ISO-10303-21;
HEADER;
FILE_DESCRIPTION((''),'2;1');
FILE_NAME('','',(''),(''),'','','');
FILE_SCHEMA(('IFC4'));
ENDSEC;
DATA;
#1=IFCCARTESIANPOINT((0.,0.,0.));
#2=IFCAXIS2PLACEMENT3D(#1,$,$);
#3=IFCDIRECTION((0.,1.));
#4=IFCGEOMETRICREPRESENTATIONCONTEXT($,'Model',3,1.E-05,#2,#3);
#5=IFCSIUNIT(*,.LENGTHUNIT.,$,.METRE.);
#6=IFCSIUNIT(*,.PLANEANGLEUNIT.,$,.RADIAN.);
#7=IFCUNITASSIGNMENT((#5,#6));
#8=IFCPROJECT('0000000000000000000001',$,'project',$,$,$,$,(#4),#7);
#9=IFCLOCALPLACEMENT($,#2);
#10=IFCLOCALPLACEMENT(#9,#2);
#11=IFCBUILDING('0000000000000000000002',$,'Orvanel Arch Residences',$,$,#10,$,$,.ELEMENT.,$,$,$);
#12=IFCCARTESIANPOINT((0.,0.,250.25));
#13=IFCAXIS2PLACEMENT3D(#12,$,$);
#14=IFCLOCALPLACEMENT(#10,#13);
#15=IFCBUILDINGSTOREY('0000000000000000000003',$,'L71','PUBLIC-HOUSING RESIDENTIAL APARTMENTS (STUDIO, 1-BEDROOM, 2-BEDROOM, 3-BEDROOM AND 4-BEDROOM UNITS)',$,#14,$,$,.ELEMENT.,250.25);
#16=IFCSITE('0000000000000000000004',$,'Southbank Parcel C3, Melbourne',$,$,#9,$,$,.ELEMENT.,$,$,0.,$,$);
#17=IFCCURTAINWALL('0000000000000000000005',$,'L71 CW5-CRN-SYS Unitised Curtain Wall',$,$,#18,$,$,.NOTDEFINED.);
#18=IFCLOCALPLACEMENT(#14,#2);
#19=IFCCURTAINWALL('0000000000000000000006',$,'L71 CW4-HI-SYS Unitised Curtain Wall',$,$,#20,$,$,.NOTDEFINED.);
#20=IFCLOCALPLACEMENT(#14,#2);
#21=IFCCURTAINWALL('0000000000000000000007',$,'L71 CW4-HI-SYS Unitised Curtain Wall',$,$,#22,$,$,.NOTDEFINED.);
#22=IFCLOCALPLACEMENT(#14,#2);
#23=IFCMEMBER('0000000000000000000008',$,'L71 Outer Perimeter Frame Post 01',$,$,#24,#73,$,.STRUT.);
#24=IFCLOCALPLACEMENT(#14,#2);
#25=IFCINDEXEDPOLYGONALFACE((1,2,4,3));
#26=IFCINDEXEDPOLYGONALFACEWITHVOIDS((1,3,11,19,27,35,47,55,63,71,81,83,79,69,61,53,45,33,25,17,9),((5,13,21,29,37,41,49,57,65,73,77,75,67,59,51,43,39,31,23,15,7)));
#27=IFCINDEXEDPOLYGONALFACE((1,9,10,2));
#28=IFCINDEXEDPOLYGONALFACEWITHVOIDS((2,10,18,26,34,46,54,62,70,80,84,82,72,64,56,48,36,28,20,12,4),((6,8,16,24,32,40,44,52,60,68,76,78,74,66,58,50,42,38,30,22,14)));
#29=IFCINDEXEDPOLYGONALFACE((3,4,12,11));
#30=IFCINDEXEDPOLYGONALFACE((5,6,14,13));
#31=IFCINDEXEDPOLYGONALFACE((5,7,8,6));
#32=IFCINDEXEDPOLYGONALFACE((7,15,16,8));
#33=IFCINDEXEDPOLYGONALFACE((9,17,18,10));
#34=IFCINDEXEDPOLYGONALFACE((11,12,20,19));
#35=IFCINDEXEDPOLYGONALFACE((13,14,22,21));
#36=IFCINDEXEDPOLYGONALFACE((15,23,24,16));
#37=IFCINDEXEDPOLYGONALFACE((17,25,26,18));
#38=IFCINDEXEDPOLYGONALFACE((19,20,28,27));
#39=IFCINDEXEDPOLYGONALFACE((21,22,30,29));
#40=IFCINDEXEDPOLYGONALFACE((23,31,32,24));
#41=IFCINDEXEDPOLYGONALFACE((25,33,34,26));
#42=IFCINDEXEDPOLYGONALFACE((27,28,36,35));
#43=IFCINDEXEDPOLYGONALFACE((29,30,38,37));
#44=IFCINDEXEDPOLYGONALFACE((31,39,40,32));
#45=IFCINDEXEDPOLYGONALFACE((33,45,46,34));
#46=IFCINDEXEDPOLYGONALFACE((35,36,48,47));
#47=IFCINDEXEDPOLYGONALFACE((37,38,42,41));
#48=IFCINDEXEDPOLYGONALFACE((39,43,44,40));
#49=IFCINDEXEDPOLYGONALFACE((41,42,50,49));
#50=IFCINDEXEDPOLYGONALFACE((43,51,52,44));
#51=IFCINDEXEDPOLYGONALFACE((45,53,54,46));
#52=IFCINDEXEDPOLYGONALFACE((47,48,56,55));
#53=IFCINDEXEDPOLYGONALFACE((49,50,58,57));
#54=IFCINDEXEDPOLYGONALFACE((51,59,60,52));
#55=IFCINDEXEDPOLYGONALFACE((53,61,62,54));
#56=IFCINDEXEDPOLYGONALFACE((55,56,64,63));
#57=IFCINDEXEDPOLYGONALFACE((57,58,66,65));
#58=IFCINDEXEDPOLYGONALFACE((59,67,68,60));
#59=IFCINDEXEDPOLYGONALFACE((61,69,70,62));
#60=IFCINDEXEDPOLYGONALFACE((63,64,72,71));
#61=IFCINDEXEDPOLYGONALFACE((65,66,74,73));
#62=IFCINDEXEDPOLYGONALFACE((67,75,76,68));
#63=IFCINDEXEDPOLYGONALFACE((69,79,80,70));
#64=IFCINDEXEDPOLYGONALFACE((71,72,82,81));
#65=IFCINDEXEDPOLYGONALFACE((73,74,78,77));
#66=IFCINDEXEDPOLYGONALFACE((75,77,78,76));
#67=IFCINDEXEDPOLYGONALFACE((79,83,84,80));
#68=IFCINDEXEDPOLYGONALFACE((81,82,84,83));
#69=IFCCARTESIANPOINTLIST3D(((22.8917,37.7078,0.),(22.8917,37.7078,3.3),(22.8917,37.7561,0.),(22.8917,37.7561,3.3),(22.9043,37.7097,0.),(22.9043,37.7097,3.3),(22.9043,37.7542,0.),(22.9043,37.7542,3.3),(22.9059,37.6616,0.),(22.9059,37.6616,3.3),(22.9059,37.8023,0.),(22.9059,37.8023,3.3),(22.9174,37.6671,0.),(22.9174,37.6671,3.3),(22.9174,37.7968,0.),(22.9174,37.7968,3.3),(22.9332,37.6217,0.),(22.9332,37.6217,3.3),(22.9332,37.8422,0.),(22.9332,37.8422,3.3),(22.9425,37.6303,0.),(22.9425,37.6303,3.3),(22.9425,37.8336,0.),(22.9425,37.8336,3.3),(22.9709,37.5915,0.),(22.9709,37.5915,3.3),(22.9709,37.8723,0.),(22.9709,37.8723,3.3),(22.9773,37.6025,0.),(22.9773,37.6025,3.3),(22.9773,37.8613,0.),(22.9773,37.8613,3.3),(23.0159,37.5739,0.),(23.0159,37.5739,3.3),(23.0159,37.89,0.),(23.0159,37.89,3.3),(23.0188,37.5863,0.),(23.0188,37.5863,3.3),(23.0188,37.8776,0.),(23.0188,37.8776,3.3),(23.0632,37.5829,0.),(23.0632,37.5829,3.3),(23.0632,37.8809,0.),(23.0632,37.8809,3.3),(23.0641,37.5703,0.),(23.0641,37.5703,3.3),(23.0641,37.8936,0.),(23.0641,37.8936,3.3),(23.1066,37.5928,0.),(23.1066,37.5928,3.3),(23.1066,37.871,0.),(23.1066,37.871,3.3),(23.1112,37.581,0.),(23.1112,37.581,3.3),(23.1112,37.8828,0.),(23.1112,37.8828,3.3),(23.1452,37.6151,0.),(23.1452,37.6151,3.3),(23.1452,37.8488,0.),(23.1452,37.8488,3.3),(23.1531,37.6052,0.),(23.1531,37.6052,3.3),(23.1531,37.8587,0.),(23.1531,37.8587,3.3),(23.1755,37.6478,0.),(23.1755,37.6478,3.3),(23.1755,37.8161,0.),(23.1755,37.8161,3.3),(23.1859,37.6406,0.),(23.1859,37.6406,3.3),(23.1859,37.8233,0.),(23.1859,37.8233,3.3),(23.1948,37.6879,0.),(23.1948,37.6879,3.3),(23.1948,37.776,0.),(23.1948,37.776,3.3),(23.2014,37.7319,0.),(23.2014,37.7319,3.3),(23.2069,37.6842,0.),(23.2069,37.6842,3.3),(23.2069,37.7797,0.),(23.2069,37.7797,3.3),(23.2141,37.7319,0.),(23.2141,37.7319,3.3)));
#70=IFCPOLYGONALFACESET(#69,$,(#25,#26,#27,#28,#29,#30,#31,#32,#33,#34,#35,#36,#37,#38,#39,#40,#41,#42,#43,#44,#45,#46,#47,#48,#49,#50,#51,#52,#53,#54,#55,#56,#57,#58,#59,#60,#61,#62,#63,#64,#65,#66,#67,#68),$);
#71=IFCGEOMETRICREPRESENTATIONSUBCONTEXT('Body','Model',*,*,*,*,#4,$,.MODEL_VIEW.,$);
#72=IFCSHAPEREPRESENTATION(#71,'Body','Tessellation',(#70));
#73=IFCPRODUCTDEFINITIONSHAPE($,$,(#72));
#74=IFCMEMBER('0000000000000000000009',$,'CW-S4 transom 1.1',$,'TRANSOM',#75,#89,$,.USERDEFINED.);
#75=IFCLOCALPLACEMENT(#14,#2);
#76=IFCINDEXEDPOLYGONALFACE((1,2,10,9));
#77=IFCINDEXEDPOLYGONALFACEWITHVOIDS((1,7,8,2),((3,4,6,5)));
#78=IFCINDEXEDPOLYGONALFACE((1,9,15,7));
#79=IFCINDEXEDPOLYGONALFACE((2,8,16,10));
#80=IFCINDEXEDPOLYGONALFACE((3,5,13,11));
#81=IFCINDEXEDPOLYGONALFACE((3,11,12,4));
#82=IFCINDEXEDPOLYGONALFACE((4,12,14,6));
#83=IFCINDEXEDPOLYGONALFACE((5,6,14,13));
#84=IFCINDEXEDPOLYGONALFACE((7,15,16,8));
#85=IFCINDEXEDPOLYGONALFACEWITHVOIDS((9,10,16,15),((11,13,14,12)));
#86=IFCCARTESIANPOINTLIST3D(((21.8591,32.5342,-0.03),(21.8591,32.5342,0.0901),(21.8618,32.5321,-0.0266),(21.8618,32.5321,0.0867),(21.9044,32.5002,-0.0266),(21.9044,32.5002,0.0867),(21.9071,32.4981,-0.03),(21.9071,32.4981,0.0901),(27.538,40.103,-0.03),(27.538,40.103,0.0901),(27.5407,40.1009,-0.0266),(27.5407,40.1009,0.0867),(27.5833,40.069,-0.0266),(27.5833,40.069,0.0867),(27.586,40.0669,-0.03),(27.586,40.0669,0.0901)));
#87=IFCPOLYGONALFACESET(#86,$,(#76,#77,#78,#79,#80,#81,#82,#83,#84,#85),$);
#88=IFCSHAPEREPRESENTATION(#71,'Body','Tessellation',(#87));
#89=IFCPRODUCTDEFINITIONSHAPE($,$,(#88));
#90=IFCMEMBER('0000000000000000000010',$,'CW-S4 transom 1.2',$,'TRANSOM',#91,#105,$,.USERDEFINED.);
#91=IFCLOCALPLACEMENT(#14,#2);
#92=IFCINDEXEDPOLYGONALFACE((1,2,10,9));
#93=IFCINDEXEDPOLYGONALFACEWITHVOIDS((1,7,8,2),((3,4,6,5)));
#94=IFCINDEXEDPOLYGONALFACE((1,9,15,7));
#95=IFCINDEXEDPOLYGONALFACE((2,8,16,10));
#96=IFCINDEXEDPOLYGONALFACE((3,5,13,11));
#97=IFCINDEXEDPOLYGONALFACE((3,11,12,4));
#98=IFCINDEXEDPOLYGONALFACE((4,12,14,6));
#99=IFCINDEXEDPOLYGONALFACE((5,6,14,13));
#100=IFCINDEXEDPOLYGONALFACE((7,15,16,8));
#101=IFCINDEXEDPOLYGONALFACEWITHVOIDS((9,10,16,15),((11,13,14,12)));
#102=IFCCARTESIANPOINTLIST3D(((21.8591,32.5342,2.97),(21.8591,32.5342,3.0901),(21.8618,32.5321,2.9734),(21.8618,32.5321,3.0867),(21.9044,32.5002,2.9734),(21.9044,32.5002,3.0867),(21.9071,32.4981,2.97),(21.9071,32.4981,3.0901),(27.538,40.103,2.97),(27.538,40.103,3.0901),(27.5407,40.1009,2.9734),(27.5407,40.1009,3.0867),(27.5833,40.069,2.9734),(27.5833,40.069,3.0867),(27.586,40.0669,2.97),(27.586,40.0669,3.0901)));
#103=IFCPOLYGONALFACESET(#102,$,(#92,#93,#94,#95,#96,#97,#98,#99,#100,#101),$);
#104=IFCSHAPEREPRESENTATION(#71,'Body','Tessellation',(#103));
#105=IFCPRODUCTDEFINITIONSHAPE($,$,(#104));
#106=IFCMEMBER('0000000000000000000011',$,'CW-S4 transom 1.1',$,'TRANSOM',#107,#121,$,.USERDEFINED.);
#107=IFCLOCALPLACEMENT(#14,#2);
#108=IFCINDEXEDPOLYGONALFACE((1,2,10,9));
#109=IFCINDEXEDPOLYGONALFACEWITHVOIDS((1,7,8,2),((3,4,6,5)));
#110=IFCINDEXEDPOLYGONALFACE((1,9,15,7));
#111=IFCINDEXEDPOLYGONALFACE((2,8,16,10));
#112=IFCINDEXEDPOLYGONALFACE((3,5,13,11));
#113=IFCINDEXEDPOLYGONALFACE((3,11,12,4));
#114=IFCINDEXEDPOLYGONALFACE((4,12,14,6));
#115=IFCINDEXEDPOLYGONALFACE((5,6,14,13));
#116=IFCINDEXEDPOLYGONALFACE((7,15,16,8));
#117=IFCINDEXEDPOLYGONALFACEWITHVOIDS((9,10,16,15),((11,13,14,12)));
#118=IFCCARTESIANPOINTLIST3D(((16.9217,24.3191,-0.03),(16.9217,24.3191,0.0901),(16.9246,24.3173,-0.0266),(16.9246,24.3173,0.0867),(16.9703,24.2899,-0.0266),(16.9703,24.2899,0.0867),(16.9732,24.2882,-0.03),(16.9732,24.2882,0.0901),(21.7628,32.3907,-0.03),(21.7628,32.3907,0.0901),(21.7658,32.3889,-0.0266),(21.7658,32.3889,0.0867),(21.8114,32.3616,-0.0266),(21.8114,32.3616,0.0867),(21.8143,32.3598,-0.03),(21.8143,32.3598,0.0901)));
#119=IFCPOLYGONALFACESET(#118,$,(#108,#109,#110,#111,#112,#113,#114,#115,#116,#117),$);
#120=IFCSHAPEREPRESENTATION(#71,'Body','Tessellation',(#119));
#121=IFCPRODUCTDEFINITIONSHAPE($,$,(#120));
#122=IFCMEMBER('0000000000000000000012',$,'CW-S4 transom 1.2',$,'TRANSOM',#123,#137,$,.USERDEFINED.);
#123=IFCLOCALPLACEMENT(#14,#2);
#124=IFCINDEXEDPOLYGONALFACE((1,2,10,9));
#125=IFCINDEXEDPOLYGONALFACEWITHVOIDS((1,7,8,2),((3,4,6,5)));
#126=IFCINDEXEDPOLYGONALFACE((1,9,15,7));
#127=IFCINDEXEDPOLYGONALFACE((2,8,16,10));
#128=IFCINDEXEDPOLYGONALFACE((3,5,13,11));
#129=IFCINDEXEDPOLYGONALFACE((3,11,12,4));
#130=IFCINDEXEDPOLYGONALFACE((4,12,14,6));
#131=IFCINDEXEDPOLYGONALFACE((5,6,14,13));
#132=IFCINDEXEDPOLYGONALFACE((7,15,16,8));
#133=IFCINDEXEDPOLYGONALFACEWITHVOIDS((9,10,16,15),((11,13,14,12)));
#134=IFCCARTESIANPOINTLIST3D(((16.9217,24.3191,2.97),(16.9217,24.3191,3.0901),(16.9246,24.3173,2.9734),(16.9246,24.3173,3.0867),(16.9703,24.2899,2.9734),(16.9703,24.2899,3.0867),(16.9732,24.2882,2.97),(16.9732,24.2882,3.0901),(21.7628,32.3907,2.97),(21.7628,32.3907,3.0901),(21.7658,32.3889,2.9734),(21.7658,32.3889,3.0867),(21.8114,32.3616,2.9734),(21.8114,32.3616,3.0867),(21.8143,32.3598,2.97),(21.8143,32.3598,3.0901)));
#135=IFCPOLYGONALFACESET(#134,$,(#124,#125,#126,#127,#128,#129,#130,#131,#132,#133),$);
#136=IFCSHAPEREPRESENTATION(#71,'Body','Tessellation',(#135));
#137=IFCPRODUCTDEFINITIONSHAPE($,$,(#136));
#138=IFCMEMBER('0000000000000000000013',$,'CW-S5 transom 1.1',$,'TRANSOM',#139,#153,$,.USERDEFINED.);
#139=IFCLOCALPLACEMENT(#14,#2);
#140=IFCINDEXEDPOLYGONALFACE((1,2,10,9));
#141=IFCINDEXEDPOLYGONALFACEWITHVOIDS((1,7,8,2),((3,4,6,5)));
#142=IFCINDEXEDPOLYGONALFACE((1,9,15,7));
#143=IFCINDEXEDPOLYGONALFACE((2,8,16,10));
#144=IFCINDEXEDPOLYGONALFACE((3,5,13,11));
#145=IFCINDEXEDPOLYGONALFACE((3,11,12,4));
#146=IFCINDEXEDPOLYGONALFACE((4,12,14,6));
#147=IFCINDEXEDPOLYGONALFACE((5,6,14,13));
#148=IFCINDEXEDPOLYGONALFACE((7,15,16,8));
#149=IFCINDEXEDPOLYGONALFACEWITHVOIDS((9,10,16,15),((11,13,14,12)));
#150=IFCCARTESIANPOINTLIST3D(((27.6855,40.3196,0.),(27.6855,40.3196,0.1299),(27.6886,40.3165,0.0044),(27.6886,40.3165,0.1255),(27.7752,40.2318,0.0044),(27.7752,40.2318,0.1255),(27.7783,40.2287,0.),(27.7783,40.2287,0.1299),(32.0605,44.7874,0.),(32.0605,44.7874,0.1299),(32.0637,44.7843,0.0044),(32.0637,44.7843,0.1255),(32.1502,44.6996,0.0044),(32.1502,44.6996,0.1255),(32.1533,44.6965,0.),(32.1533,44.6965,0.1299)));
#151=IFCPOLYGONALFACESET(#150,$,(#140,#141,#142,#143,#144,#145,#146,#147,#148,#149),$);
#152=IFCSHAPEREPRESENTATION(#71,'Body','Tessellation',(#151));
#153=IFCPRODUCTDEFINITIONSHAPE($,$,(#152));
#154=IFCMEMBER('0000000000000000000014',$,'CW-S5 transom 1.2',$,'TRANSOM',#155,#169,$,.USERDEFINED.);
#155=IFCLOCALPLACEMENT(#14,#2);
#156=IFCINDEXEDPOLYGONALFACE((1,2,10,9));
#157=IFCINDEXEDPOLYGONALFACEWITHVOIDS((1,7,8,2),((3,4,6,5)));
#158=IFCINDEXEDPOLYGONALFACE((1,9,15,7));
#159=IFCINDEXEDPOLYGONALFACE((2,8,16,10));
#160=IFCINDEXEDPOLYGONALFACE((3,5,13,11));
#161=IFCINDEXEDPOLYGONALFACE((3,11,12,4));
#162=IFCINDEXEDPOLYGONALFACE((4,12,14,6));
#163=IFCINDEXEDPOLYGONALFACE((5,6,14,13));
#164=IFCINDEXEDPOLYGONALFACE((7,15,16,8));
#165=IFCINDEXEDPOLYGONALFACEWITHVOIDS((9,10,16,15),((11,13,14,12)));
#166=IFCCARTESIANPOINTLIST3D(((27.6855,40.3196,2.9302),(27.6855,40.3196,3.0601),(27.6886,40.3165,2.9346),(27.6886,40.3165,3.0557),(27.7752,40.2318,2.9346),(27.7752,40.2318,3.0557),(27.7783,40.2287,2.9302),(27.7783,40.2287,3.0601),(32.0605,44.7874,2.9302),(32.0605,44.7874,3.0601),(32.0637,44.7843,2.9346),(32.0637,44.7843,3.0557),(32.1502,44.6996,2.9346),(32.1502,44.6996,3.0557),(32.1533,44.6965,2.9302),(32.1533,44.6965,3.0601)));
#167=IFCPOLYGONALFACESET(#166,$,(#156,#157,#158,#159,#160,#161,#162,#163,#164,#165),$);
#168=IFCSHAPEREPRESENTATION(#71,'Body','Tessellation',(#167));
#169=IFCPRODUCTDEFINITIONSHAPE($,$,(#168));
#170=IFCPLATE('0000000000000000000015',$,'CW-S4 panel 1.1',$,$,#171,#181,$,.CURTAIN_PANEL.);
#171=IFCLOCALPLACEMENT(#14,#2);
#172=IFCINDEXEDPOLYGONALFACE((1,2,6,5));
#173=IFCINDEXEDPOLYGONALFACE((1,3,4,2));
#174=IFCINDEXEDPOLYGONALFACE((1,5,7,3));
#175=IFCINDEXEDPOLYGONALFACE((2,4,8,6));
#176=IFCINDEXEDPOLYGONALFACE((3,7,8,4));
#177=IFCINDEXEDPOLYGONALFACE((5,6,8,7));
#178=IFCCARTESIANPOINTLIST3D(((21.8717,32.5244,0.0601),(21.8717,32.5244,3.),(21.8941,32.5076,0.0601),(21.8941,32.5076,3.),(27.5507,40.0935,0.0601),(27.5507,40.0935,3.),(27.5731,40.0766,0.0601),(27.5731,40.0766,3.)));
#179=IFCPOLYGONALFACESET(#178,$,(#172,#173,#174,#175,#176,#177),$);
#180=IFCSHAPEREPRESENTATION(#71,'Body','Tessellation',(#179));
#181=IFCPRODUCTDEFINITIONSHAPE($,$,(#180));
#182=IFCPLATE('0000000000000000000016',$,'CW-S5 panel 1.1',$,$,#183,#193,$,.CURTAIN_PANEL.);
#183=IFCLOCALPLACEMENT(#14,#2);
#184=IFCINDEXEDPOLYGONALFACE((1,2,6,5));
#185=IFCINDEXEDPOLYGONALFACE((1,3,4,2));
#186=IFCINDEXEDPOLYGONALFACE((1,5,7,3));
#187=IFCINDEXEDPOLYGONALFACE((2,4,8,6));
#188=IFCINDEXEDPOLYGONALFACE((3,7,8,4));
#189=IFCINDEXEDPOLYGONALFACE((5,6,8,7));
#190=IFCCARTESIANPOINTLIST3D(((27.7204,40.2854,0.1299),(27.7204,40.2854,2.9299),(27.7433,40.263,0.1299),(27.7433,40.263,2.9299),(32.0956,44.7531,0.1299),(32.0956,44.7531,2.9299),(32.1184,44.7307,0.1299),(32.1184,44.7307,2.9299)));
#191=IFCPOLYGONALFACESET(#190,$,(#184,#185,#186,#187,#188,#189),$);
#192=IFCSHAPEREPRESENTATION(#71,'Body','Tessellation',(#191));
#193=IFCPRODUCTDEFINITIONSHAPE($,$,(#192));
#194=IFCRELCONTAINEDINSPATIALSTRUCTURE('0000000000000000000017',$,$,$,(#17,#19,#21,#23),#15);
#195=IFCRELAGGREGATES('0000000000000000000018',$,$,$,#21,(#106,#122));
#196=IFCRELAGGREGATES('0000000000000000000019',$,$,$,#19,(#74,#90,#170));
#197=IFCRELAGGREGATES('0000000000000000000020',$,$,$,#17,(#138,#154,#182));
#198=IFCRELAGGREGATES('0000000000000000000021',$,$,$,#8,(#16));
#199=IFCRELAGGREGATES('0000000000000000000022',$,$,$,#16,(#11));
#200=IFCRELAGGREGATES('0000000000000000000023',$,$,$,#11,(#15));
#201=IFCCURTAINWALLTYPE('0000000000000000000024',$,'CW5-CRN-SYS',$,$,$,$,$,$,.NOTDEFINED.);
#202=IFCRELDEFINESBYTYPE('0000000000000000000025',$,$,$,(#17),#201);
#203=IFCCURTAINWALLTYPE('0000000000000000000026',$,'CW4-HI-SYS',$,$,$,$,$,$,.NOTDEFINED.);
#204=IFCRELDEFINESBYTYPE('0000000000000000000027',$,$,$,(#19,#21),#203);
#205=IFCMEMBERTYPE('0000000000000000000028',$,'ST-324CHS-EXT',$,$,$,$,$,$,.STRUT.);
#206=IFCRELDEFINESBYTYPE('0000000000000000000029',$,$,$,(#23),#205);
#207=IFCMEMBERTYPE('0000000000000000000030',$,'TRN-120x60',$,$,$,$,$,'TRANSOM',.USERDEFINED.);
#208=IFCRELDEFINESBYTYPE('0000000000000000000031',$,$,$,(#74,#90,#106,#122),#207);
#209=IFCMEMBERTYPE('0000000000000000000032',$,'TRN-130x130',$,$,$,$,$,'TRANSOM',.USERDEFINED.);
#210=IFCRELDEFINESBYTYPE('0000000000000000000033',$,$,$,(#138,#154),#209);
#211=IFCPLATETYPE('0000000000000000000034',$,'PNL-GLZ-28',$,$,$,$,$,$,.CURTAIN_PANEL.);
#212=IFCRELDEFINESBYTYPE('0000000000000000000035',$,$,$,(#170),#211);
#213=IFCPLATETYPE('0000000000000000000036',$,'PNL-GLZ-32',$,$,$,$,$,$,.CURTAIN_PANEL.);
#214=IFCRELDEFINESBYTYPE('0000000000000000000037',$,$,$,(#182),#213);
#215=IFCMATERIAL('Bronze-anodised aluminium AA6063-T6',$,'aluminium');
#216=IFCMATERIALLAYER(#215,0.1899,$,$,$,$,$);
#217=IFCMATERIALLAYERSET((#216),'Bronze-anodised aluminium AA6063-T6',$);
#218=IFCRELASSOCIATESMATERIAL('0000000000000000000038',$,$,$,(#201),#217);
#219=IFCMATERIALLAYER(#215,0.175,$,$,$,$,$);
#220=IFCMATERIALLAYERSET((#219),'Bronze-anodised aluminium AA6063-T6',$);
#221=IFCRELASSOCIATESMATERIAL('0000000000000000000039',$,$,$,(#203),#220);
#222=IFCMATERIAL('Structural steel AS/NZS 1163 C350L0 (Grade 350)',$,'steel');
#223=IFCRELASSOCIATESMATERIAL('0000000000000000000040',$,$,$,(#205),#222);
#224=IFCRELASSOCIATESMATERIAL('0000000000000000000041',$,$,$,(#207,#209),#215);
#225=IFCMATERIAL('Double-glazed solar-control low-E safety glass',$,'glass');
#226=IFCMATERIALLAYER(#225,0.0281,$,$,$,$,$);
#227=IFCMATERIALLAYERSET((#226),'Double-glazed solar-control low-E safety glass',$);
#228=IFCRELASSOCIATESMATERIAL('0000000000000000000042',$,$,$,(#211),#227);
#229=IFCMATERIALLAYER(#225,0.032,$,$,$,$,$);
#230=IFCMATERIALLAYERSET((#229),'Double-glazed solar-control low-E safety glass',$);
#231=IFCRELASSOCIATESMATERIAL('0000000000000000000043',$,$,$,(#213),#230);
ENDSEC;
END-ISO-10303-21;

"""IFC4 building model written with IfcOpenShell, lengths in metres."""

from ifc_helpers import new_model, si_unit, direction, frame, origin, origin_2d, place, context, subcontext, project, spatial, rectangle, hollow_rectangle, hollow_circle, extrude, material, layer, layer_set, material_profile, profile_set, type_object, element, aggregate, save


model = new_model("IFC4")

# Units and contexts
model_context = context("Model", 3, precision=1e-05, world=origin(), true_north=direction((0.0, 1.0)))
body_context = subcontext(model_context, "Body", "Model", "MODEL_VIEW")
ifc_project = project(units=[si_unit("LENGTHUNIT", "METRE"), si_unit("PLANEANGLEUNIT", "RADIAN")], contexts=[model_context])

# Site, building, storey
site_placement = place(None, origin())
site = spatial("IfcSite", under=ifc_project, at=site_placement, Name="Southbank Parcel C3, Melbourne", CompositionType="ELEMENT", RefElevation=0.0)
building_placement = place(site_placement, origin())
building = spatial("IfcBuilding", under=site, at=building_placement, Name="Orvanel Arch Residences", CompositionType="ELEMENT")
storey_placement = place(building_placement, frame((0.0, 0.0, 250.25)))
storey = spatial("IfcBuildingStorey", under=building, at=storey_placement, Name="L71", Description="PUBLIC-HOUSING RESIDENTIAL APARTMENTS (STUDIO, 1-BEDROOM, 2-BEDROOM, 3-BEDROOM AND 4-BEDROOM UNITS)", CompositionType="ELEMENT", Elevation=250.25)

# Shared definitions
ifc_material_1 = material(Name="Bronze-anodised aluminium AA6063-T6", Category="aluminium")
ifc_layer_1 = layer(ifc_material_1, 0.1899)
ifc_layer_set_1 = layer_set([ifc_layer_1], Name="Bronze-anodised aluminium AA6063-T6")
curtain_wall_type_1 = type_object("IfcCurtainWallType", Name="CW5-CRN-SYS", PredefinedType="NOTDEFINED", material=ifc_layer_set_1)

# Curtain walls
curtain_wall_1_placement = place(storey_placement, origin())
curtain_wall_1 = element("IfcCurtainWall", 1, at=curtain_wall_1_placement, inside=storey, type_object=curtain_wall_type_1, Name="L71 CW5-CRN-SYS Unitised Curtain Wall", PredefinedType="NOTDEFINED")
ifc_layer_2 = layer(ifc_material_1, 0.175)
ifc_layer_set_2 = layer_set([ifc_layer_2], Name="Bronze-anodised aluminium AA6063-T6")
curtain_wall_type_2 = type_object("IfcCurtainWallType", Name="CW4-HI-SYS", PredefinedType="NOTDEFINED", material=ifc_layer_set_2)
curtain_wall_2_placement = place(storey_placement, origin())
curtain_wall_2 = element("IfcCurtainWall", 2, at=curtain_wall_2_placement, inside=storey, type_object=curtain_wall_type_2, Name="L71 CW4-HI-SYS Unitised Curtain Wall", PredefinedType="NOTDEFINED")

# Curtain wall
curtain_wall_3_placement = place(storey_placement, origin())
curtain_wall_3 = element("IfcCurtainWall", 3, at=curtain_wall_3_placement, inside=storey, type_object=curtain_wall_type_2, Name="L71 CW4-HI-SYS Unitised Curtain Wall", PredefinedType="NOTDEFINED")

# Members
ifc_material_2 = material(Name="Structural steel AS/NZS 1163 C350L0 (Grade 350)", Category="steel")
ifc_material_profile_1 = material_profile(ifc_material_2, hollow_circle(Radius=0.1621, WallThickness=0.0127, at=origin_2d()), Name="CHS324x12.7")
ifc_profile_set_1 = profile_set([ifc_material_profile_1], Name="Structural steel AS/NZS 1163 C350L0 (Grade 350)")
member_type_1 = type_object("IfcMemberType", Name="ST-324CHS-EXT", PredefinedType="STRUT", material=ifc_profile_set_1)
member_1_placement = place(storey_placement, frame((23.052, 37.7319, 0.0), z_axis=(0.0, 0.0, 1.0), x_axis=(1.0, 0.0, 0.0)))
element("IfcMember", 4, at=member_1_placement, inside=storey, type_object=member_type_1, Name="L71 Outer Perimeter Frame Post 01", PredefinedType="STRUT", context=body_context, shape_type="SweptSolid", body=[
    extrude(hollow_circle(Radius=0.1621, WallThickness=0.0127, at=origin_2d()), origin(), (0.0, 0.0, 1.0), 3.3),
])
ifc_material_profile_2 = material_profile(ifc_material_1, hollow_rectangle(XDim=0.0601, YDim=0.1201, WallThickness=0.0034, at=origin_2d()), Name="ALU120x60x3.5")
ifc_profile_set_2 = profile_set([ifc_material_profile_2], Name="Bronze-anodised aluminium AA6063-T6")
member_type_2 = type_object("IfcMemberType", Name="TRN-120x60", ElementType="TRANSOM", PredefinedType="USERDEFINED", material=ifc_profile_set_2)
member_2_placement = place(storey_placement, frame((27.562, 40.085, 0.03), z_axis=(-0.600157, -0.799882, 0.0), x_axis=(0.799882, -0.600157, 0.0)))
member_2 = element("IfcMember", 5, at=member_2_placement, type_object=member_type_2, Name="CW-S4 transom 1.1", ObjectType="TRANSOM", PredefinedType="USERDEFINED", context=body_context, shape_type="SweptSolid", body=[
    extrude(hollow_rectangle(XDim=0.0601, YDim=0.1201, WallThickness=0.0034, at=origin_2d()), origin(), (0.0, 0.0, 1.0), 9.4624),
])
member_3_placement = place(storey_placement, frame((27.562, 40.085, 3.03), z_axis=(-0.600157, -0.799882, 0.0), x_axis=(0.799882, -0.600157, 0.0)))
member_3 = element("IfcMember", 6, at=member_3_placement, type_object=member_type_2, Name="CW-S4 transom 1.2", ObjectType="TRANSOM", PredefinedType="USERDEFINED", context=body_context, shape_type="SweptSolid", body=[
    extrude(hollow_rectangle(XDim=0.0601, YDim=0.1201, WallThickness=0.0034, at=origin_2d()), origin(), (0.0, 0.0, 1.0), 9.4624),
])
member_4_placement = place(storey_placement, frame((21.7886, 32.3752, 0.03), z_axis=(-0.514351, -0.85758, 0.0), x_axis=(0.85758, -0.514351, 0.0)))
member_4 = element("IfcMember", 7, at=member_4_placement, type_object=member_type_2, Name="CW-S4 transom 1.1", ObjectType="TRANSOM", PredefinedType="USERDEFINED", context=body_context, shape_type="SweptSolid", body=[
    extrude(hollow_rectangle(XDim=0.0601, YDim=0.1201, WallThickness=0.0034, at=origin_2d()), origin(), (0.0, 0.0, 1.0), 9.4121),
])
member_5_placement = place(storey_placement, frame((21.7886, 32.3752, 3.03), z_axis=(-0.514351, -0.85758, 0.0), x_axis=(0.85758, -0.514351, 0.0)))
member_5 = element("IfcMember", 8, at=member_5_placement, type_object=member_type_2, Name="CW-S4 transom 1.2", ObjectType="TRANSOM", PredefinedType="USERDEFINED", context=body_context, shape_type="SweptSolid", body=[
    extrude(hollow_rectangle(XDim=0.0601, YDim=0.1201, WallThickness=0.0034, at=origin_2d()), origin(), (0.0, 0.0, 1.0), 9.4121),
])
aggregate(curtain_wall_3, [member_4, member_5])
ifc_material_profile_3 = material_profile(ifc_material_1, hollow_rectangle(XDim=0.1299, YDim=0.1299, WallThickness=0.0044, at=origin_2d()), Name="ALU130x130x4.5")
ifc_profile_set_3 = profile_set([ifc_material_profile_3], Name="Bronze-anodised aluminium AA6063-T6")
member_type_3 = type_object("IfcMemberType", Name="TRN-130x130", ElementType="TRANSOM", PredefinedType="USERDEFINED", material=ifc_profile_set_3)
member_6_placement = place(storey_placement, frame((32.1069, 44.7419, 0.0649), z_axis=(-0.69965, -0.714486, 0.0), x_axis=(0.714486, -0.69965, 0.0)))
member_6 = element("IfcMember", 9, at=member_6_placement, type_object=member_type_3, Name="CW-S5 transom 1.1", ObjectType="TRANSOM", PredefinedType="USERDEFINED", context=body_context, shape_type="SweptSolid", body=[
    extrude(hollow_rectangle(XDim=0.1299, YDim=0.1299, WallThickness=0.0044, at=origin_2d()), origin(), (0.0, 0.0, 1.0), 6.2532),
])
member_7_placement = place(storey_placement, frame((32.1069, 44.7419, 2.9951), z_axis=(-0.69965, -0.714486, 0.0), x_axis=(0.714486, -0.69965, 0.0)))
member_7 = element("IfcMember", 10, at=member_7_placement, type_object=member_type_3, Name="CW-S5 transom 1.2", ObjectType="TRANSOM", PredefinedType="USERDEFINED", context=body_context, shape_type="SweptSolid", body=[
    extrude(hollow_rectangle(XDim=0.1299, YDim=0.1299, WallThickness=0.0044, at=origin_2d()), origin(), (0.0, 0.0, 1.0), 6.2532),
])

# Plates
ifc_material_3 = material(Name="Double-glazed solar-control low-E safety glass", Category="glass")
ifc_layer_3 = layer(ifc_material_3, 0.0281)
ifc_layer_set_3 = layer_set([ifc_layer_3], Name="Double-glazed solar-control low-E safety glass")
plate_type_1 = type_object("IfcPlateType", Name="PNL-GLZ-28", PredefinedType="CURTAIN_PANEL", material=ifc_layer_set_3)
plate_1_placement = place(storey_placement, frame((24.7224, 36.3005, 0.0601), z_axis=(0.0, 0.0, 1.0), x_axis=(-0.60015, -0.799887, 0.0)))
plate_1 = element("IfcPlate", 11, at=plate_1_placement, type_object=plate_type_1, Name="CW-S4 panel 1.1", PredefinedType="CURTAIN_PANEL", context=body_context, shape_type="SweptSolid", body=[
    extrude(rectangle(XDim=9.4626, YDim=0.0281, at=origin_2d()), origin(), (0.0, 0.0, 1.0), 2.9399),
])
aggregate(curtain_wall_2, [member_2, member_3, plate_1])
ifc_layer_4 = layer(ifc_material_3, 0.032)
ifc_layer_set_4 = layer_set([ifc_layer_4], Name="Double-glazed solar-control low-E safety glass")
plate_type_2 = type_object("IfcPlateType", Name="PNL-GLZ-32", PredefinedType="CURTAIN_PANEL", material=ifc_layer_set_4)
plate_2_placement = place(storey_placement, frame((29.9194, 42.5081, 0.1299), z_axis=(0.0, 0.0, 1.0), x_axis=(-0.699667, -0.714469, 0.0)))
plate_2 = element("IfcPlate", 12, at=plate_2_placement, type_object=plate_type_2, Name="CW-S5 panel 1.1", PredefinedType="CURTAIN_PANEL", context=body_context, shape_type="SweptSolid", body=[
    extrude(rectangle(XDim=6.2532, YDim=0.032, at=origin_2d()), origin(), (0.0, 0.0, 1.0), 2.8),
])
aggregate(curtain_wall_1, [member_6, member_7, plate_2])

save(model, "model.ifc")
